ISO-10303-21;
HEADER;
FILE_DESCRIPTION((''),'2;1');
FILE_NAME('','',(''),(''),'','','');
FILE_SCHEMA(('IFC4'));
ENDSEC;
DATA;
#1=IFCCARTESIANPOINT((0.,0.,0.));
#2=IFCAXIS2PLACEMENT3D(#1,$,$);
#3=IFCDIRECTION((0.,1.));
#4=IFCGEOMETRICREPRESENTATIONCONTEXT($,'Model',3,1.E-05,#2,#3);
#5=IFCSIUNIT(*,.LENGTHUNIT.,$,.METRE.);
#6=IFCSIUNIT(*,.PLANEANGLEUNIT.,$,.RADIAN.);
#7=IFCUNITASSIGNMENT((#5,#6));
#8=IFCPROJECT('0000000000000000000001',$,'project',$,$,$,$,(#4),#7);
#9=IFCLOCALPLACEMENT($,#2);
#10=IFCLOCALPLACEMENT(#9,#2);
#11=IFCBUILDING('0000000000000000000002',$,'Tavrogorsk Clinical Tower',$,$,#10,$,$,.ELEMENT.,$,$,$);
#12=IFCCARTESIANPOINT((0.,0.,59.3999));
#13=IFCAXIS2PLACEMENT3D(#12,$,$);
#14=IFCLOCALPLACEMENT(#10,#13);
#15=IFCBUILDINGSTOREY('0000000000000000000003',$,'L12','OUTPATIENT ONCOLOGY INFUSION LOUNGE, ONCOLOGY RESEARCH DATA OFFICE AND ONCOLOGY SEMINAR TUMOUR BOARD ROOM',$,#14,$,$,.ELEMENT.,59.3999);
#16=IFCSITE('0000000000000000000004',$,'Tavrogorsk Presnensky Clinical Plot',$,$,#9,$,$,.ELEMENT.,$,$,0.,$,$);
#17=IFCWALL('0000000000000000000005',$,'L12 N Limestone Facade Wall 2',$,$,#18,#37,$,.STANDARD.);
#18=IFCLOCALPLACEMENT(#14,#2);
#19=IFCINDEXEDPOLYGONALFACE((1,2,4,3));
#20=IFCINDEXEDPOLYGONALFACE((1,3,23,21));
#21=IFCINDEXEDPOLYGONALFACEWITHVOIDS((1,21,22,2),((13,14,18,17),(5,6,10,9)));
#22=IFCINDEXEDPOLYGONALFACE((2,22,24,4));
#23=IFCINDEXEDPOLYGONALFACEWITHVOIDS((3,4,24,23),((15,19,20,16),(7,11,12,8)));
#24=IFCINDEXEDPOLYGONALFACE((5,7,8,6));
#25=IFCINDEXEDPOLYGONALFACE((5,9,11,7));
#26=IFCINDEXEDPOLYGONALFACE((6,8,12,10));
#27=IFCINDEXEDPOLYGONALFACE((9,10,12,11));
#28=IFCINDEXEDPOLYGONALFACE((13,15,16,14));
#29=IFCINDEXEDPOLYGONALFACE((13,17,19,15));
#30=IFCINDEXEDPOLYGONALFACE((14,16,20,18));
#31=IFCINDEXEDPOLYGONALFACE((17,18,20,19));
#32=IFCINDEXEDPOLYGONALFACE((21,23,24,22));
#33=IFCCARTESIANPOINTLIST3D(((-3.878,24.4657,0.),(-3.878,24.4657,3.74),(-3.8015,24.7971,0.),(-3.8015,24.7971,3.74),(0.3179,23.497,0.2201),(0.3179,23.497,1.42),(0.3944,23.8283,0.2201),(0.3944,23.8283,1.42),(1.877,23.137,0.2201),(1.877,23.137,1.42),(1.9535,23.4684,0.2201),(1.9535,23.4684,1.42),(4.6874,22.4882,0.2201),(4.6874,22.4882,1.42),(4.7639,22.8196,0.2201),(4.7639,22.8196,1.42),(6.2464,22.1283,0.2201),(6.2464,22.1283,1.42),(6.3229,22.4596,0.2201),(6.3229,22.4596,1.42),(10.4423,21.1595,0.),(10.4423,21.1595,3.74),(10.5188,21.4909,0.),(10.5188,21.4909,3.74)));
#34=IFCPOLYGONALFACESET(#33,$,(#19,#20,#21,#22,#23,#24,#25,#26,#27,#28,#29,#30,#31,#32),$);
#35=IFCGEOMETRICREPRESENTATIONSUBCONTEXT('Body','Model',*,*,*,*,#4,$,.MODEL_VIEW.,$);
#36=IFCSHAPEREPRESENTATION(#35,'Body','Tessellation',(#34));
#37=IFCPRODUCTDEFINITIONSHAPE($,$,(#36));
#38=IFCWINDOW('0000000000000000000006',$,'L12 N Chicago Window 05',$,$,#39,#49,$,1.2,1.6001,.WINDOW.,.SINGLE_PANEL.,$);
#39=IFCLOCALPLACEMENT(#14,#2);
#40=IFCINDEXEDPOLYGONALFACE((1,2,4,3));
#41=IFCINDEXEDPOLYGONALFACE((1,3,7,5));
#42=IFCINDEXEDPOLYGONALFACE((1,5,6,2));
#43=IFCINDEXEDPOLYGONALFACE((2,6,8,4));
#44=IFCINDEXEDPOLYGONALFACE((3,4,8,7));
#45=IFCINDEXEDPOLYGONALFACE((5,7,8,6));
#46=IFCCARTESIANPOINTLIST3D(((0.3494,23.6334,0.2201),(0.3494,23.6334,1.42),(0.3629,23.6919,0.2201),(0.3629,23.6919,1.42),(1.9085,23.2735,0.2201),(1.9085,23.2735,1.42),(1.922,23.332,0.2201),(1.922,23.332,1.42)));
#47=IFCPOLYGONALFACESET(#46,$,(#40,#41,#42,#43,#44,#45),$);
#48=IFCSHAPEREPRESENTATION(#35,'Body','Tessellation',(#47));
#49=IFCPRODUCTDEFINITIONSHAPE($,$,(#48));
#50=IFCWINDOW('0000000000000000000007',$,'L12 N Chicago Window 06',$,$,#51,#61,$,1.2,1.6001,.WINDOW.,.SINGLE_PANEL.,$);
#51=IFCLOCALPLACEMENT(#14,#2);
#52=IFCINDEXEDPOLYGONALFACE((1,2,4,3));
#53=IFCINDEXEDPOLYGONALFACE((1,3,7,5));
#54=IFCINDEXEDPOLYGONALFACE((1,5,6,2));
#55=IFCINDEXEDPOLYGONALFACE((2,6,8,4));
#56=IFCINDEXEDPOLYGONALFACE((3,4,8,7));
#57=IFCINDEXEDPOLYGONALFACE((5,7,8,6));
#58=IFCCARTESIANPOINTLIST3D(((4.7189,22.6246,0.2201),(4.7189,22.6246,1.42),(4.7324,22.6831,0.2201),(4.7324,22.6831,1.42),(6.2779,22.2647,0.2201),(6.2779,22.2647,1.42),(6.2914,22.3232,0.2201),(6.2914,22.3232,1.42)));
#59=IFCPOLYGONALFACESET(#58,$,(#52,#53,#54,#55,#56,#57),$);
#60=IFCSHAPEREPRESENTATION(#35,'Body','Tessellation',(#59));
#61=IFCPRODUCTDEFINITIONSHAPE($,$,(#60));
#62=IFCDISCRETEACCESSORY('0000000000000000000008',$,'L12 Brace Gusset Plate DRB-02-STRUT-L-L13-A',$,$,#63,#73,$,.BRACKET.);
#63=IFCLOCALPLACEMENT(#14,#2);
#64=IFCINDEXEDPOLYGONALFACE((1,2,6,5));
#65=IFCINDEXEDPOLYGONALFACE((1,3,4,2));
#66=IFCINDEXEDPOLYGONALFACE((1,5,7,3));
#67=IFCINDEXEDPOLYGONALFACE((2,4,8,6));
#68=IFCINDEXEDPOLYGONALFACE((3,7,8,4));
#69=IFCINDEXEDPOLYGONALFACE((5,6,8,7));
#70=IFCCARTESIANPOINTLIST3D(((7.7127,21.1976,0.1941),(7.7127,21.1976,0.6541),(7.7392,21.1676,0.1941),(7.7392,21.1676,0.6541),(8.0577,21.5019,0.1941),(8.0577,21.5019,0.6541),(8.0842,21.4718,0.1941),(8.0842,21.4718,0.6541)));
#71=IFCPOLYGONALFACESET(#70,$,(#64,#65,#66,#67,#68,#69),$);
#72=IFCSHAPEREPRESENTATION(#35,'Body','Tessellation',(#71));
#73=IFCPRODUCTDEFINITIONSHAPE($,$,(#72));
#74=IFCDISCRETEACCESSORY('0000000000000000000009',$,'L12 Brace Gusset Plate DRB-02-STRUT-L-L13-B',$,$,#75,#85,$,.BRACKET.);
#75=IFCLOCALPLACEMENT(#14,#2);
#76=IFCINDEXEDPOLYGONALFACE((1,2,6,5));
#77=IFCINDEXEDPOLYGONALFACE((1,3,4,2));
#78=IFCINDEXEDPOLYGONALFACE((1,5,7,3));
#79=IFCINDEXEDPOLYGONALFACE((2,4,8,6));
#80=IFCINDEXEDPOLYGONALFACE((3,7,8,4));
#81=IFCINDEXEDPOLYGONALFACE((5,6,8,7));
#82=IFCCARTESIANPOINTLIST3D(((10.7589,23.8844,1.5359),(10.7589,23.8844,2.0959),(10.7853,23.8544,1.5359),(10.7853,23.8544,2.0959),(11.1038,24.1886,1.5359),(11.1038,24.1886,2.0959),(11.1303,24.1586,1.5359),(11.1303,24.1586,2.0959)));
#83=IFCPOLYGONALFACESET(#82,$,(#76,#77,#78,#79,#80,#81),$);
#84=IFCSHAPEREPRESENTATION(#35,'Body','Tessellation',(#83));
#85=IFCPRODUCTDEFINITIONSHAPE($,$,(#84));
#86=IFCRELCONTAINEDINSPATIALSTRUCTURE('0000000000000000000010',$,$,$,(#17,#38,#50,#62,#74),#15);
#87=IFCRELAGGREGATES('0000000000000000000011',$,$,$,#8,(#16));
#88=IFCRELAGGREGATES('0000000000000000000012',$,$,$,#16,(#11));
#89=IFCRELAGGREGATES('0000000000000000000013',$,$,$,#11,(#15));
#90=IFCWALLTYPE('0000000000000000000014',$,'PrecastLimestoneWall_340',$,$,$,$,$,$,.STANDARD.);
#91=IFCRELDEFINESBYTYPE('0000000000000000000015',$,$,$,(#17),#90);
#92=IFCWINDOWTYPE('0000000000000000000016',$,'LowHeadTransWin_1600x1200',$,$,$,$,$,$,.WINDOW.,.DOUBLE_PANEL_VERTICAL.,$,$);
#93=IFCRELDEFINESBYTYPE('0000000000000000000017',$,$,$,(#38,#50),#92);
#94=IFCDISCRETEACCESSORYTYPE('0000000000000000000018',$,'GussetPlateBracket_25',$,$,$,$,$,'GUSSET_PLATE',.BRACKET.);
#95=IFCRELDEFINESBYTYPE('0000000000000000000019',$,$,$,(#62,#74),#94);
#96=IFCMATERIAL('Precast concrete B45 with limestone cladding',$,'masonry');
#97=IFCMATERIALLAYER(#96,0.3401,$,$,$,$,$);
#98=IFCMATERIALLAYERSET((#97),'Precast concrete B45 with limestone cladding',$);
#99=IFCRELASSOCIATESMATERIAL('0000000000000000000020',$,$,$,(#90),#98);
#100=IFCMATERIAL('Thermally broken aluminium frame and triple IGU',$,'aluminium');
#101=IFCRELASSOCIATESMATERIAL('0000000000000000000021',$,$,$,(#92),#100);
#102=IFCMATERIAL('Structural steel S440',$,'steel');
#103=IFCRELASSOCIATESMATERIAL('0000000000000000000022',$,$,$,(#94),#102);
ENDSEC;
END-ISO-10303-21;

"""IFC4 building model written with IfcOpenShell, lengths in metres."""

from ifc_helpers import new_model, si_unit, direction, frame, frame_2d, origin, origin_2d, place, context, subcontext, project, spatial, rectangle, extrude, material, layer, layer_set, type_object, element, fill, save


model = new_model("IFC4")

# Units and contexts
model_context = context("Model", 3, precision=1e-05, world=origin(), true_north=direction((0.0, 1.0)))
body_context = subcontext(model_context, "Body", "Model", "MODEL_VIEW")
ifc_project = project(units=[si_unit("LENGTHUNIT", "METRE"), si_unit("PLANEANGLEUNIT", "RADIAN")], contexts=[model_context])

# Site, building, storey
site_placement = place(None, origin())
site = spatial("IfcSite", under=ifc_project, at=site_placement, Name="Tavrogorsk Presnensky Clinical Plot", CompositionType="ELEMENT", RefElevation=0.0)
building_placement = place(site_placement, origin())
building = spatial("IfcBuilding", under=site, at=building_placement, Name="Tavrogorsk Clinical Tower", CompositionType="ELEMENT")
storey_placement = place(building_placement, frame((0.0, 0.0, 59.3999)))
storey = spatial("IfcBuildingStorey", under=building, at=storey_placement, Name="L12", Description="OUTPATIENT ONCOLOGY INFUSION LOUNGE, ONCOLOGY RESEARCH DATA OFFICE AND ONCOLOGY SEMINAR TUMOUR BOARD ROOM", CompositionType="ELEMENT", Elevation=59.3999)

# Wall, openings, windows
ifc_material_1 = material(Name="Precast concrete B45 with limestone cladding", Category="masonry")
ifc_layer_1 = layer(ifc_material_1, 0.3401)
ifc_layer_set_1 = layer_set([ifc_layer_1], Name="Precast concrete B45 with limestone cladding")
wall_type_1 = type_object("IfcWallType", Name="PrecastLimestoneWall_340", PredefinedType="STANDARD", material=ifc_layer_set_1)
wall_1_placement = place(storey_placement, frame((10.4807, 21.3252, 0.0), z_axis=(0.0, 0.0, 1.0), x_axis=(-0.974369, 0.224954, 0.0)))
wall_1 = element("IfcWall", 1, at=wall_1_placement, inside=storey, type_object=wall_type_1, Name="L12 N Limestone Facade Wall 2", PredefinedType="STANDARD", context=body_context, shape_type="SweptSolid", body=[
    extrude(rectangle(XDim=14.697, YDim=0.3401, at=frame_2d((7.3486, 0.0))), origin(), (0.0, 0.0, 1.0), 3.74),
])
opening_1_placement = place(wall_1_placement, frame((8.7908, 0.0, 0.22)))
opening_1 = element("IfcOpeningElement", 2, at=opening_1_placement, cuts=wall_1, PredefinedType="OPENING", context=body_context, shape_type="SweptSolid", body=[
    extrude(rectangle(XDim=1.6001, YDim=1.2, at=frame_2d((0.8, 0.6001))), frame((0.0, 0.1799, 0.0), z_axis=(0.0, -1.0, 0.0), x_axis=(1.0, 0.0, 0.0)), (0.0, 0.0, 1.0), 0.3601),
])
opening_2_placement = place(wall_1_placement, frame((4.3064, 0.0, 0.22)))
opening_2 = element("IfcOpeningElement", 3, at=opening_2_placement, cuts=wall_1, PredefinedType="OPENING", context=body_context, shape_type="SweptSolid", body=[
    extrude(rectangle(XDim=1.6001, YDim=1.2, at=frame_2d((0.8, 0.6001))), frame((0.0, 0.1799, 0.0), z_axis=(0.0, -1.0, 0.0), x_axis=(1.0, 0.0, 0.0)), (0.0, 0.0, 1.0), 0.3601),
])
ifc_material_2 = material(Name="Thermally broken aluminium frame and triple IGU", Category="aluminium")
window_type = type_object("IfcWindowType", Name="LowHeadTransWin_1600x1200", PartitioningType="DOUBLE_PANEL_VERTICAL", PredefinedType="WINDOW", material=ifc_material_2)
window_1_placement = place(opening_1_placement, origin())
window_1 = element("IfcWindow", 4, at=window_1_placement, inside=storey, type_object=window_type, Name="L12 N Chicago Window 05", OverallHeight=1.2, OverallWidth=1.6001, PartitioningType="SINGLE_PANEL", PredefinedType="WINDOW", context=body_context, shape_type="SweptSolid", body=[
    extrude(rectangle(XDim=1.6001, YDim=1.2, at=frame_2d((0.8, 0.6001))), frame((0.0, 0.03, 0.0), z_axis=(0.0, -1.0, 0.0), x_axis=(1.0, 0.0, 0.0)), (0.0, 0.0, 1.0), 0.0601),
])
fill(opening_1, window_1)
window_2_placement = place(opening_2_placement, origin())
window_2 = element("IfcWindow", 5, at=window_2_placement, inside=storey, type_object=window_type, Name="L12 N Chicago Window 06", OverallHeight=1.2, OverallWidth=1.6001, PartitioningType="SINGLE_PANEL", PredefinedType="WINDOW", context=body_context, shape_type="SweptSolid", body=[
    extrude(rectangle(XDim=1.6001, YDim=1.2, at=frame_2d((0.8, 0.6001))), frame((0.0, 0.03, 0.0), z_axis=(0.0, -1.0, 0.0), x_axis=(1.0, 0.0, 0.0)), (0.0, 0.0, 1.0), 0.0601),
])
fill(opening_2, window_2)

# Discrete accessories
ifc_material_3 = material(Name="Structural steel S440", Category="steel")
discrete_accessory_type = type_object("IfcDiscreteAccessoryType", Name="GussetPlateBracket_25", ElementType="GUSSET_PLATE", PredefinedType="BRACKET", material=ifc_material_3)
discrete_accessory_1_placement = place(storey_placement, frame((7.8984, 21.3347, 0.1941), z_axis=(0.0, 0.0, 1.0), x_axis=(0.749996, 0.661443, 0.0)))
element("IfcDiscreteAccessory", 6, at=discrete_accessory_1_placement, inside=storey, type_object=discrete_accessory_type, Name="L12 Brace Gusset Plate DRB-02-STRUT-L-L13-A", PredefinedType="BRACKET", context=body_context, shape_type="SweptSolid", body=[
    extrude(rectangle(XDim=0.46, YDim=0.04, at=origin_2d()), origin(), (0.0, 0.0, 1.0), 0.46),
])
discrete_accessory_2_placement = place(storey_placement, frame((10.9446, 24.0215, 1.5359), z_axis=(0.0, 0.0, 1.0), x_axis=(0.749996, 0.661443, 0.0)))
element("IfcDiscreteAccessory", 7, at=discrete_accessory_2_placement, inside=storey, type_object=discrete_accessory_type, Name="L12 Brace Gusset Plate DRB-02-STRUT-L-L13-B", PredefinedType="BRACKET", context=body_context, shape_type="SweptSolid", body=[
    extrude(rectangle(XDim=0.46, YDim=0.04, at=origin_2d()), origin(), (0.0, 0.0, 1.0), 0.5601),
])

save(model, "model.ifc")
